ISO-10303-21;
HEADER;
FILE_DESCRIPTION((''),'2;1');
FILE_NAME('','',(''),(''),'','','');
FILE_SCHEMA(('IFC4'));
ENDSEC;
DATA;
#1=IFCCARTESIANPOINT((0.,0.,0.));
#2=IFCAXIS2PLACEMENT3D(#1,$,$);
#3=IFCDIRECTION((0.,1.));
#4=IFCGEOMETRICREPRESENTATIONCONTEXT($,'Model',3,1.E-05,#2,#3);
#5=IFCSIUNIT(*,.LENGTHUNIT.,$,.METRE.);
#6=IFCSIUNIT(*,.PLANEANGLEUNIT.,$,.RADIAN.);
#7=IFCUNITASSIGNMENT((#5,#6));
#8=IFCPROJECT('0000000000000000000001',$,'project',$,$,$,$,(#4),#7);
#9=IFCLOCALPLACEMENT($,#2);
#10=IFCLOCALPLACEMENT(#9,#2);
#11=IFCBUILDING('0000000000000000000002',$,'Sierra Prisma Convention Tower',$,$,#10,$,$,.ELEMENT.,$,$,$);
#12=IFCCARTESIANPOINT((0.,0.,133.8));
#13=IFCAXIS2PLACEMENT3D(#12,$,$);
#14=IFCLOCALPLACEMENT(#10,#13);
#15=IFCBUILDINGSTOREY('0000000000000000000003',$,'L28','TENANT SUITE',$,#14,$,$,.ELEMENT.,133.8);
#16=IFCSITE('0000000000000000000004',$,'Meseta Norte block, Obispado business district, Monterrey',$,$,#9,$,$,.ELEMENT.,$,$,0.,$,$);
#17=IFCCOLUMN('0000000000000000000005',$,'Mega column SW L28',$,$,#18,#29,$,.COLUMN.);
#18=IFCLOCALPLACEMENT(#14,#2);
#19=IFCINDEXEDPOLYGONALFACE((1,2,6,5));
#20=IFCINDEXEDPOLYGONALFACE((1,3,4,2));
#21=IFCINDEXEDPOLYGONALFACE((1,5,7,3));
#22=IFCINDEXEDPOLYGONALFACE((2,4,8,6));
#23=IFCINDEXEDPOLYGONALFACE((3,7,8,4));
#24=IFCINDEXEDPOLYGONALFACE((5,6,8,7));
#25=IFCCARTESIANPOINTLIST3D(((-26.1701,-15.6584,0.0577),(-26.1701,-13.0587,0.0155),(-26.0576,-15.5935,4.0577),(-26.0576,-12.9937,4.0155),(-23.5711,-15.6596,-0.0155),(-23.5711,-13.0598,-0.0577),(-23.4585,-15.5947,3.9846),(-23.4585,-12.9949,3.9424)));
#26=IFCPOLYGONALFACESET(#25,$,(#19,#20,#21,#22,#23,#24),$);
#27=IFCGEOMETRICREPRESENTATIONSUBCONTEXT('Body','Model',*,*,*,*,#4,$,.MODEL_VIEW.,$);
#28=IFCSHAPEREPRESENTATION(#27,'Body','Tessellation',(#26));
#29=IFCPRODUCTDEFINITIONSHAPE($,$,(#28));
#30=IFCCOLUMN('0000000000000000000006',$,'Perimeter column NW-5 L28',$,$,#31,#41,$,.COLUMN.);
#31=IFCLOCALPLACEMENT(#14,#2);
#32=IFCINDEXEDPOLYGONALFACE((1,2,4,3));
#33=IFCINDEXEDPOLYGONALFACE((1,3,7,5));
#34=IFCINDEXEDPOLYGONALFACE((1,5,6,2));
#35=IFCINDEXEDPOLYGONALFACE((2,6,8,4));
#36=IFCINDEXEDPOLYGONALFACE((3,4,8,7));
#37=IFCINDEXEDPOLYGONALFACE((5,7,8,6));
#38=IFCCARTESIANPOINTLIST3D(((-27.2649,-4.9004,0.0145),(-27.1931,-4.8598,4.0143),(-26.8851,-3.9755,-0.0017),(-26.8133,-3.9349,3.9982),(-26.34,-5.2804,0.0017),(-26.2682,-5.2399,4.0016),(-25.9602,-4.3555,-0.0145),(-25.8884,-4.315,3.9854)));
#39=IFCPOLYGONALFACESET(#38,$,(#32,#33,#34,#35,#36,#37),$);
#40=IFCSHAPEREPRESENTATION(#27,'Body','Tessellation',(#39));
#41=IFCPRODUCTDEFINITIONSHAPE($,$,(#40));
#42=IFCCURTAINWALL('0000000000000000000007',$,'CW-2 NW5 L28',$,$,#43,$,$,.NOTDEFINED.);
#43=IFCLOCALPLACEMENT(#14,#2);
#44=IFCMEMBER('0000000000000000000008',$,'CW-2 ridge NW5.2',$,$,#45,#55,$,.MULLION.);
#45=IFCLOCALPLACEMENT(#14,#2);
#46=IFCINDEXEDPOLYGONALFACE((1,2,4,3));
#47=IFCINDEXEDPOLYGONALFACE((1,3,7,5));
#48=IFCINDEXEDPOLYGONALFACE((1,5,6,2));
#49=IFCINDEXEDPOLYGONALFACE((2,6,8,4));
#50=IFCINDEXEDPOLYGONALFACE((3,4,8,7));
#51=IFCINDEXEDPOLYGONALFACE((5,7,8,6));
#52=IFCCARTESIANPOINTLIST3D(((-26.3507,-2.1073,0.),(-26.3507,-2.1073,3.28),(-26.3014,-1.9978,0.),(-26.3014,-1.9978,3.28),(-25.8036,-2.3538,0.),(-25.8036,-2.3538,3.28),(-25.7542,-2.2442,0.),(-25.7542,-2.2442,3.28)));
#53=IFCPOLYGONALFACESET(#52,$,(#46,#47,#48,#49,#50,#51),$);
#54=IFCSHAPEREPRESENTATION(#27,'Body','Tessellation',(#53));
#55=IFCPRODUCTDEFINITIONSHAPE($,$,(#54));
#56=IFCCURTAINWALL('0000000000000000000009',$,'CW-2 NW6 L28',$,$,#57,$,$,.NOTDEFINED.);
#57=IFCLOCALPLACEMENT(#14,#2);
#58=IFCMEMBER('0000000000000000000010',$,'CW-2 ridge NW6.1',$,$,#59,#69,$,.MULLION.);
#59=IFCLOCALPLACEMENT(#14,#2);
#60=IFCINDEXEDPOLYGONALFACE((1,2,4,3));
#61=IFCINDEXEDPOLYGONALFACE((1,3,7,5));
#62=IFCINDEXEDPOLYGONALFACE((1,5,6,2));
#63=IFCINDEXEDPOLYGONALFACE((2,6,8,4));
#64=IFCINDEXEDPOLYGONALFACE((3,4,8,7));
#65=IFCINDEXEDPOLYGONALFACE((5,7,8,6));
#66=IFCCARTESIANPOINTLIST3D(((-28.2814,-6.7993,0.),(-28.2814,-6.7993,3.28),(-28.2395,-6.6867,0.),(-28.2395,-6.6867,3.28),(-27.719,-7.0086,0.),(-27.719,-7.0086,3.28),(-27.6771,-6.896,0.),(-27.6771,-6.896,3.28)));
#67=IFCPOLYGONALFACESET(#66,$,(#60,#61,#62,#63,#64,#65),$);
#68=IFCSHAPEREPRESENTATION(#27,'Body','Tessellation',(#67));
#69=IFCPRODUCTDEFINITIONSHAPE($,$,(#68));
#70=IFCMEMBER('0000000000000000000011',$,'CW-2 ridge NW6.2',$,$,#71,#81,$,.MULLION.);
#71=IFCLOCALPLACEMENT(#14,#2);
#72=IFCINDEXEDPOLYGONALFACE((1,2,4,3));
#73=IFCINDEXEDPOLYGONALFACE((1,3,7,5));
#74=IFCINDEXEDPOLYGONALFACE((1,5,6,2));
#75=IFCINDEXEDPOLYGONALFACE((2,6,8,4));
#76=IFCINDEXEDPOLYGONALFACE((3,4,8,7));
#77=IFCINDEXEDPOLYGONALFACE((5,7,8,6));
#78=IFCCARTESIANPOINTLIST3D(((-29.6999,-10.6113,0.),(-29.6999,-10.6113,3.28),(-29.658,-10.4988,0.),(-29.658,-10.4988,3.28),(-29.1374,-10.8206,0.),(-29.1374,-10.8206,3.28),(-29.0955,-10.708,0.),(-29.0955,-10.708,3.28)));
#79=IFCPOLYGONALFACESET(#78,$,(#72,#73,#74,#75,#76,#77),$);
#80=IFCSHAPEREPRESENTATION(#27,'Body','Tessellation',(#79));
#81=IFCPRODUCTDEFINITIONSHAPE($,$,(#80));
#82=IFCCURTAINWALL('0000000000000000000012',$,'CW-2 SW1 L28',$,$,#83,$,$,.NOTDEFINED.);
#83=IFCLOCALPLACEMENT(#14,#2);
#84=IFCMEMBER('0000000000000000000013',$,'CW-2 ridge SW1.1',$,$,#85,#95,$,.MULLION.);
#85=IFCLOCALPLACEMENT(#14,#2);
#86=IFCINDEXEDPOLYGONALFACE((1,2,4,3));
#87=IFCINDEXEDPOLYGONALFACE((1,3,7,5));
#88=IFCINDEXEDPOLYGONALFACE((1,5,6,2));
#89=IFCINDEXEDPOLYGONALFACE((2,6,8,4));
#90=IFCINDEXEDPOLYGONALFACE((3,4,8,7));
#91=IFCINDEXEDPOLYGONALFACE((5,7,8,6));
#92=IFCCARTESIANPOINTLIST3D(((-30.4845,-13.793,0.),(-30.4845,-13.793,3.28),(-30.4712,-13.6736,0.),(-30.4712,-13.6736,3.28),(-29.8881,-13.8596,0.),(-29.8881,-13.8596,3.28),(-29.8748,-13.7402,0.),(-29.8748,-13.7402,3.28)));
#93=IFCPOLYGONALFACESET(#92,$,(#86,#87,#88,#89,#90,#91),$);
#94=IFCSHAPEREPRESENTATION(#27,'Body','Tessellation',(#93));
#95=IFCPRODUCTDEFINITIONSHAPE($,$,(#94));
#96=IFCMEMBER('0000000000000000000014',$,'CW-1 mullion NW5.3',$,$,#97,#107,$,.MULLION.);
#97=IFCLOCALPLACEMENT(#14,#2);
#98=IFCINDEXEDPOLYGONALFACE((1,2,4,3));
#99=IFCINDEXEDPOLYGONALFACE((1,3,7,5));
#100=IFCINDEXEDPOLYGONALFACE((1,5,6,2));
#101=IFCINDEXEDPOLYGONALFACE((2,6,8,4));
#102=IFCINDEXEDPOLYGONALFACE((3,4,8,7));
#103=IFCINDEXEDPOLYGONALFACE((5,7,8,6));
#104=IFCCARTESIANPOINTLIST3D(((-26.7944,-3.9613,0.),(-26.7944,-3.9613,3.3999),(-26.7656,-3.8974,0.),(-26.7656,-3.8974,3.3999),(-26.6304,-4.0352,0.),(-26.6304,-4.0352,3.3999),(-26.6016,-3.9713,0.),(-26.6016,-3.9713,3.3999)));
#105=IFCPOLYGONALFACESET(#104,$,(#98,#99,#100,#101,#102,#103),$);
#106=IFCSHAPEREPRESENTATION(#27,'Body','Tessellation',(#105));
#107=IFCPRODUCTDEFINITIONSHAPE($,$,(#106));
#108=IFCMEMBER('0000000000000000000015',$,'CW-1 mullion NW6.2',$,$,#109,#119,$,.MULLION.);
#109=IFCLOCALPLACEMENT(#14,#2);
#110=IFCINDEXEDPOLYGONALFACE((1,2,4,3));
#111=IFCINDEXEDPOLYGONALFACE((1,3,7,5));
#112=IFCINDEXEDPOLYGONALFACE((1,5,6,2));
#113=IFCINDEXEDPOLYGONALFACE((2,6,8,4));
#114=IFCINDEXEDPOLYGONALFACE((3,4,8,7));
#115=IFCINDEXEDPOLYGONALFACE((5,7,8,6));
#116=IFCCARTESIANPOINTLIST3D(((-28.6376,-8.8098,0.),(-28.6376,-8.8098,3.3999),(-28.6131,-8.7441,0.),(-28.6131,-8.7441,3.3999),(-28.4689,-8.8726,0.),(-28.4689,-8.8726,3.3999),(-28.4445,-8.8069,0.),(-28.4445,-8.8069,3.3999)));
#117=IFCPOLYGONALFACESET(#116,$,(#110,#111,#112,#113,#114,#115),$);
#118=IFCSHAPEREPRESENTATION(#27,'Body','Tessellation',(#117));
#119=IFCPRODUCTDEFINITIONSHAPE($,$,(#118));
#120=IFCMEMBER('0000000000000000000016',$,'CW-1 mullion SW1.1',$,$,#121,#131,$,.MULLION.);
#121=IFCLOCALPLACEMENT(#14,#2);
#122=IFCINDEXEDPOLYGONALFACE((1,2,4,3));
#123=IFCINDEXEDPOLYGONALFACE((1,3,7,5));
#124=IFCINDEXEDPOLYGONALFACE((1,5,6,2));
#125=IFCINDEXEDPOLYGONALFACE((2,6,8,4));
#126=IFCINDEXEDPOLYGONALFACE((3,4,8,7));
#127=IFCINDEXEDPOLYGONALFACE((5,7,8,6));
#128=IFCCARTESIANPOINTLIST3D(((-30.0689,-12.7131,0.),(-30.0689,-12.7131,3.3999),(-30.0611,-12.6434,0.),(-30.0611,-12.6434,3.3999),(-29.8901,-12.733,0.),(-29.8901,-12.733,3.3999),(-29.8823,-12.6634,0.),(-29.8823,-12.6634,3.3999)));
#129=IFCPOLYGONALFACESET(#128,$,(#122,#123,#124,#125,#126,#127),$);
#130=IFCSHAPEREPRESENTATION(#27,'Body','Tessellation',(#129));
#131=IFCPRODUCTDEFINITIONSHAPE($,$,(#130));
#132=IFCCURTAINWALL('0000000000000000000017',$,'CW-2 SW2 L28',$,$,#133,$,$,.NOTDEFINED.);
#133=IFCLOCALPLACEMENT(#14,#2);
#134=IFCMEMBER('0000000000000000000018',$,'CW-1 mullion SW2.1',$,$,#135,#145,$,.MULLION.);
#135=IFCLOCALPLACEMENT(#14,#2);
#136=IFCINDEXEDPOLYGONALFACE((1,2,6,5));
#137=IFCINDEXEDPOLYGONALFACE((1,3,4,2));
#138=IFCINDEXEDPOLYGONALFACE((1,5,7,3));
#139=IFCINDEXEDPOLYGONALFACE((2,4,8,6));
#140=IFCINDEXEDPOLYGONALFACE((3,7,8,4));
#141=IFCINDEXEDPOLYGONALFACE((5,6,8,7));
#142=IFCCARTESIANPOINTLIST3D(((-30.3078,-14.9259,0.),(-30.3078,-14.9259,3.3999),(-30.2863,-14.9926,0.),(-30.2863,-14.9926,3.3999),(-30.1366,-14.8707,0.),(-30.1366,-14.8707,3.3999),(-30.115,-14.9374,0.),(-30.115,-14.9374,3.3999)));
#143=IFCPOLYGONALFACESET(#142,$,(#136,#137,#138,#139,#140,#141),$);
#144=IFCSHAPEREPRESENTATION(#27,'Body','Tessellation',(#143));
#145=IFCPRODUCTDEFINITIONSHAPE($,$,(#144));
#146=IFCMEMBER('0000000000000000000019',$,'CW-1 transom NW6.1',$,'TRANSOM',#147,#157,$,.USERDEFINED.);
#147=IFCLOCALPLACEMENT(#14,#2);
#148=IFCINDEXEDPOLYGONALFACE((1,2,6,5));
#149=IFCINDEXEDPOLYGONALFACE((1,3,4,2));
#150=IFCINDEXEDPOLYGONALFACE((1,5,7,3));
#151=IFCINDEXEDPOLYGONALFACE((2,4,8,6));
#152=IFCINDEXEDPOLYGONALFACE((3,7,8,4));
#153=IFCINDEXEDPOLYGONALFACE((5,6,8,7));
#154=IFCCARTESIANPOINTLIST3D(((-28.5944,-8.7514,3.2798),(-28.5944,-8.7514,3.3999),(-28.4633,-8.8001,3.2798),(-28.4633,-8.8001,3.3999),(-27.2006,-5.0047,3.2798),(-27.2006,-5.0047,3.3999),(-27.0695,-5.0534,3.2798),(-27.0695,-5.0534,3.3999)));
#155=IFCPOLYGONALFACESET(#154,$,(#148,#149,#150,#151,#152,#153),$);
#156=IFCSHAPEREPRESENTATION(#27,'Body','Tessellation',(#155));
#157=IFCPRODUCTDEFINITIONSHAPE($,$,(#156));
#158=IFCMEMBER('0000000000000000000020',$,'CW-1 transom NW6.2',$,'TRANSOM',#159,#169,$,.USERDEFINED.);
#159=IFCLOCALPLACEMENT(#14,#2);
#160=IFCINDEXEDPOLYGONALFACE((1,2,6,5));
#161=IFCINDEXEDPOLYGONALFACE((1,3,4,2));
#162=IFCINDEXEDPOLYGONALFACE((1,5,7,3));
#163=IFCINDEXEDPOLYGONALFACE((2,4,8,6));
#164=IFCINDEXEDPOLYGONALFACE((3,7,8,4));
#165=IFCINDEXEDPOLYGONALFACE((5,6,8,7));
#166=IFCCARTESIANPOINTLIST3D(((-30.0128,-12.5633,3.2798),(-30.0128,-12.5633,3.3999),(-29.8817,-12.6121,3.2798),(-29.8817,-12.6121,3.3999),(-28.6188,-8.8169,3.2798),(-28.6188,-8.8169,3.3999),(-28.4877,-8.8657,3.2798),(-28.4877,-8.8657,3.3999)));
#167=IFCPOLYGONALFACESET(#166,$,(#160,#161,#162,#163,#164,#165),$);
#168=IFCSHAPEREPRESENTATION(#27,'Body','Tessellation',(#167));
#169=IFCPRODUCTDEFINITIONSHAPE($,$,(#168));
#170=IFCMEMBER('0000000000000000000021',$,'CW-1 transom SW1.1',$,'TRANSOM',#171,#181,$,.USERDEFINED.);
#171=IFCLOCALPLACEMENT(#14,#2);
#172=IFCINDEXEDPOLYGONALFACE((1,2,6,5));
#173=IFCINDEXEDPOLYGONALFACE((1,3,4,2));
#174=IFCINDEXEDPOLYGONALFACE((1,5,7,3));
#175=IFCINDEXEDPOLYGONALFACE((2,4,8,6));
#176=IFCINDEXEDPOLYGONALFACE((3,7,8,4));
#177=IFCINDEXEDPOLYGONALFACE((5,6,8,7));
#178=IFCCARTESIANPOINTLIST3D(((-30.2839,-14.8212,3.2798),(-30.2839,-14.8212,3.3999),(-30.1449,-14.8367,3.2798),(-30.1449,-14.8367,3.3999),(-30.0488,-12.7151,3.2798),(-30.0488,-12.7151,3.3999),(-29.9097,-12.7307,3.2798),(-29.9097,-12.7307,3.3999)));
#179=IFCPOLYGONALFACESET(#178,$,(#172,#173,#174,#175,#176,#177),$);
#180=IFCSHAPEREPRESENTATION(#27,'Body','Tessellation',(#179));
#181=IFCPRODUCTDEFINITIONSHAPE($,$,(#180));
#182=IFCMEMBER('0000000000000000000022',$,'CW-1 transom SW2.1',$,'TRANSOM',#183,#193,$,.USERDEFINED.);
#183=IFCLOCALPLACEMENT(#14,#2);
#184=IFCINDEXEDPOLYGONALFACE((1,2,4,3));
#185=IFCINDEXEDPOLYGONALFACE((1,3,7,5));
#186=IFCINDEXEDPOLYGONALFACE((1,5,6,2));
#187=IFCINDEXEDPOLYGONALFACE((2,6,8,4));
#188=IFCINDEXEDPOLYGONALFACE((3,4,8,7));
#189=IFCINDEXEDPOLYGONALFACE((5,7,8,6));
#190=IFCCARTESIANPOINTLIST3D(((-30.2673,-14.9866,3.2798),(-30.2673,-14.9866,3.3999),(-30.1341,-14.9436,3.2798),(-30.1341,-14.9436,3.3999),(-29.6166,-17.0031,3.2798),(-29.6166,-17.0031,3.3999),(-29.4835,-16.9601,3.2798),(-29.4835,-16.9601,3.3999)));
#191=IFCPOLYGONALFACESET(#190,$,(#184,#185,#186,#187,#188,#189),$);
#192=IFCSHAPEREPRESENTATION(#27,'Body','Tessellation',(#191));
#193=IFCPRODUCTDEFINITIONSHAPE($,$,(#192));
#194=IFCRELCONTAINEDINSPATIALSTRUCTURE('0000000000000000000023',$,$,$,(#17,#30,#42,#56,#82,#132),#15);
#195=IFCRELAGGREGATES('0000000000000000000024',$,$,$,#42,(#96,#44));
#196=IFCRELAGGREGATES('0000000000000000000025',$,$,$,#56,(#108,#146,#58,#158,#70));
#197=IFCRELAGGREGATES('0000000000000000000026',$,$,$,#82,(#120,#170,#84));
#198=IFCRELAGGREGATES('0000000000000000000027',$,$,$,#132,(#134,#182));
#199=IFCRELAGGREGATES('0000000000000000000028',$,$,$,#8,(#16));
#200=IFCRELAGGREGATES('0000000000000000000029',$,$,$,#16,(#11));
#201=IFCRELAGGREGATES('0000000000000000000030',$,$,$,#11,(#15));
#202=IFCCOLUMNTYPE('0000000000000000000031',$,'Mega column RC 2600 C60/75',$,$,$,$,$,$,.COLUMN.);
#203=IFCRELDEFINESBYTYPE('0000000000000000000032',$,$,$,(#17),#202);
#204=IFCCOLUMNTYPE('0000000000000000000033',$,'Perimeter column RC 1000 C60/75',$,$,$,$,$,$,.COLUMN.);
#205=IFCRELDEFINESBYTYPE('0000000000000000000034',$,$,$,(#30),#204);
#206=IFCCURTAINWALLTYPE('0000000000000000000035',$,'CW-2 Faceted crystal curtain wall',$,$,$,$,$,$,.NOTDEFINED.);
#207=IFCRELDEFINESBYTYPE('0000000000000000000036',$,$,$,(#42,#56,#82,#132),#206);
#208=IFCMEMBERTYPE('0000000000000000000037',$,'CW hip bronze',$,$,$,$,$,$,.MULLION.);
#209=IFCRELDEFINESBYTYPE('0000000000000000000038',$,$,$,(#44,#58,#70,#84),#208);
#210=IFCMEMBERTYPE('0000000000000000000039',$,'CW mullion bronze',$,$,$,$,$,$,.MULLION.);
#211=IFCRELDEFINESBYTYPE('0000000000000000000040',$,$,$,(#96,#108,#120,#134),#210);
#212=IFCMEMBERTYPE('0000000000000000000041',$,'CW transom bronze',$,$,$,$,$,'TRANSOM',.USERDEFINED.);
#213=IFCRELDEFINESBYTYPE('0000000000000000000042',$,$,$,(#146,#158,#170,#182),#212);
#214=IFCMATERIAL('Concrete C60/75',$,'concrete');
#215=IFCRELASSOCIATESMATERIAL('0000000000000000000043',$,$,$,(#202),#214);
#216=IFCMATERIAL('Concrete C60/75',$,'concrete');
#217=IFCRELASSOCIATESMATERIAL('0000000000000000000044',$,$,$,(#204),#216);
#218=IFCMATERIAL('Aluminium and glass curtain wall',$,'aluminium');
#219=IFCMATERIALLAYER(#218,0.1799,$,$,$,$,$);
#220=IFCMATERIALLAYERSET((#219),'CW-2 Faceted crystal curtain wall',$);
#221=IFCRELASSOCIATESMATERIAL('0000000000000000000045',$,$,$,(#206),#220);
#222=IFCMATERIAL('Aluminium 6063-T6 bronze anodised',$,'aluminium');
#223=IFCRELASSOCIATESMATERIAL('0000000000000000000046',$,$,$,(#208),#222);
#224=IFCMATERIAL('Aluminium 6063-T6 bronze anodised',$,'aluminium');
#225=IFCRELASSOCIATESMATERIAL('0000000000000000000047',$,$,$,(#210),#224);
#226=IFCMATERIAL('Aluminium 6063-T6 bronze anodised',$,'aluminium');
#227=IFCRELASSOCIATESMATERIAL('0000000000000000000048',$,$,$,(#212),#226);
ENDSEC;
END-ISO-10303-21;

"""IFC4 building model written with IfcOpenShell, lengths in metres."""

from ifc_helpers import new_model, si_unit, direction, frame, origin, origin_2d, place, context, subcontext, project, spatial, rectangle, extrude, material, layer, layer_set, material_profile, profile_set, type_object, element, aggregate, save


model = new_model("IFC4")

# Units and contexts
model_context = context("Model", 3, precision=1e-05, world=origin(), true_north=direction((0.0, 1.0)))
body_context = subcontext(model_context, "Body", "Model", "MODEL_VIEW")
ifc_project = project(units=[si_unit("LENGTHUNIT", "METRE"), si_unit("PLANEANGLEUNIT", "RADIAN")], contexts=[model_context])

# Site, building, storey
site_placement = place(None, origin())
site = spatial("IfcSite", under=ifc_project, at=site_placement, Name="Meseta Norte block, Obispado business district, Monterrey", CompositionType="ELEMENT", RefElevation=0.0)
building_placement = place(site_placement, origin())
building = spatial("IfcBuilding", under=site, at=building_placement, Name="Sierra Prisma Convention Tower", CompositionType="ELEMENT")
storey_placement = place(building_placement, frame((0.0, 0.0, 133.8)))
storey = spatial("IfcBuildingStorey", under=building, at=storey_placement, Name="L28", Description="TENANT SUITE", CompositionType="ELEMENT", Elevation=133.8)

# Columns
ifc_material_1 = material(Name="Concrete C60/75", Category="concrete")
ifc_material_profile_1 = material_profile(ifc_material_1, rectangle(XDim=2.6001, YDim=2.6001, at=origin_2d()), Name="Mega column RC 2600 C60/75")
ifc_profile_set_1 = profile_set([ifc_material_profile_1], Name="Concrete C60/75")
column_type_1 = type_object("IfcColumnType", Name="Mega column RC 2600 C60/75", PredefinedType="COLUMN", material=ifc_profile_set_1)
column_1_placement = place(storey_placement, frame((-24.8706, -14.3591, 0.0), z_axis=(0.028122, 0.016227, 0.999473), x_axis=(0.999604, -0.000457, -0.028119)))
element("IfcColumn", 1, at=column_1_placement, inside=storey, type_object=column_type_1, Name="Mega column SW L28", PredefinedType="COLUMN", context=body_context, shape_type="SweptSolid", body=[
    extrude(rectangle(XDim=2.6001, YDim=2.6001, at=origin_2d()), origin(), (0.0, 0.0, 1.0), 4.0022),
])
ifc_material_2 = material(Name="Concrete C60/75", Category="concrete")
ifc_material_profile_2 = material_profile(ifc_material_2, rectangle(XDim=1.0, YDim=1.0, at=origin_2d()), Name="Perimeter column RC 1000 C60/75")
ifc_profile_set_2 = profile_set([ifc_material_profile_2], Name="Concrete C60/75")
column_type_2 = type_object("IfcColumnType", Name="Perimeter column RC 1000 C60/75", PredefinedType="COLUMN", material=ifc_profile_set_2)
column_2_placement = place(storey_placement, frame((-26.6125, -4.6279, 0.0), z_axis=(0.017941, 0.01013, 0.999788), x_axis=(0.379821, 0.924918, -0.016187)))
element("IfcColumn", 2, at=column_2_placement, inside=storey, type_object=column_type_2, Name="Perimeter column NW-5 L28", PredefinedType="COLUMN", context=body_context, shape_type="SweptSolid", body=[
    extrude(rectangle(XDim=1.0, YDim=1.0, at=origin_2d()), origin(), (0.0, 0.0, 1.0), 4.0007),
])

# Curtain wall, member
ifc_material_3 = material(Name="Aluminium and glass curtain wall", Category="aluminium")
ifc_layer_1 = layer(ifc_material_3, 0.1799)
ifc_layer_set_1 = layer_set([ifc_layer_1], Name="CW-2 Faceted crystal curtain wall")
curtain_wall_type = type_object("IfcCurtainWallType", Name="CW-2 Faceted crystal curtain wall", PredefinedType="NOTDEFINED", material=ifc_layer_set_1)
curtain_wall_1_placement = place(storey_placement, origin())
curtain_wall_1 = element("IfcCurtainWall", 3, at=curtain_wall_1_placement, inside=storey, type_object=curtain_wall_type, Name="CW-2 NW5 L28", PredefinedType="NOTDEFINED")
ifc_material_4 = material(Name="Aluminium 6063-T6 bronze anodised", Category="aluminium")
ifc_material_profile_3 = material_profile(ifc_material_4, rectangle(XDim=0.1201, YDim=0.6001, at=origin_2d()), Name="ALU RIDGE BLADE 120x600")
ifc_profile_set_3 = profile_set([ifc_material_profile_3], Name="Aluminium 6063-T6 bronze anodised")
member_type_1 = type_object("IfcMemberType", Name="CW hip bronze", PredefinedType="MULLION", material=ifc_profile_set_3)
member_1_placement = place(storey_placement, frame((-26.0525, -2.1758, 0.0), z_axis=(0.0, 0.0, 1.0), x_axis=(-0.410636, -0.911799, 0.0)))
member_1 = element("IfcMember", 4, at=member_1_placement, type_object=member_type_1, Name="CW-2 ridge NW5.2", PredefinedType="MULLION", context=body_context, shape_type="SweptSolid", body=[
    extrude(rectangle(XDim=0.1201, YDim=0.6001, at=origin_2d()), origin(), (0.0, 0.0, 1.0), 3.28),
])

# Curtain wall, members
curtain_wall_2_placement = place(storey_placement, origin())
curtain_wall_2 = element("IfcCurtainWall", 5, at=curtain_wall_2_placement, inside=storey, type_object=curtain_wall_type, Name="CW-2 NW6 L28", PredefinedType="NOTDEFINED")
member_2_placement = place(storey_placement, frame((-27.9792, -6.8477, 0.0), z_axis=(0.0, 0.0, 1.0), x_axis=(-0.348702, -0.937234, 0.0)))
member_2 = element("IfcMember", 6, at=member_2_placement, type_object=member_type_1, Name="CW-2 ridge NW6.1", PredefinedType="MULLION", context=body_context, shape_type="SweptSolid", body=[
    extrude(rectangle(XDim=0.1201, YDim=0.6001, at=origin_2d()), origin(), (0.0, 0.0, 1.0), 3.28),
])
member_3_placement = place(storey_placement, frame((-29.3977, -10.6597, 0.0), z_axis=(0.0, 0.0, 1.0), x_axis=(-0.348702, -0.937234, 0.0)))
member_3 = element("IfcMember", 7, at=member_3_placement, type_object=member_type_1, Name="CW-2 ridge NW6.2", PredefinedType="MULLION", context=body_context, shape_type="SweptSolid", body=[
    extrude(rectangle(XDim=0.1201, YDim=0.6001, at=origin_2d()), origin(), (0.0, 0.0, 1.0), 3.28),
])

# Curtain wall, member
curtain_wall_3_placement = place(storey_placement, origin())
curtain_wall_3 = element("IfcCurtainWall", 8, at=curtain_wall_3_placement, inside=storey, type_object=curtain_wall_type, Name="CW-2 SW1 L28", PredefinedType="NOTDEFINED")
member_4_placement = place(storey_placement, frame((-30.1797, -13.7666, 0.0), z_axis=(0.0, 0.0, 1.0), x_axis=(-0.110899, -0.993832, 0.0)))
member_4 = element("IfcMember", 9, at=member_4_placement, type_object=member_type_1, Name="CW-2 ridge SW1.1", PredefinedType="MULLION", context=body_context, shape_type="SweptSolid", body=[
    extrude(rectangle(XDim=0.1201, YDim=0.6001, at=origin_2d()), origin(), (0.0, 0.0, 1.0), 3.28),
])

# Members
ifc_material_5 = material(Name="Aluminium 6063-T6 bronze anodised", Category="aluminium")
ifc_material_profile_4 = material_profile(ifc_material_5, rectangle(XDim=0.1799, YDim=0.0701, at=origin_2d()), Name="ALU MULLION 70x180")
ifc_profile_set_4 = profile_set([ifc_material_profile_4], Name="Aluminium 6063-T6 bronze anodised")
member_type_2 = type_object("IfcMemberType", Name="CW mullion bronze", PredefinedType="MULLION", material=ifc_profile_set_4)
member_5_placement = place(storey_placement, frame((-26.698, -3.9663, 0.0), z_axis=(0.0, 0.0, 1.0), x_axis=(0.911799, -0.410636, 0.0)))
member_5 = element("IfcMember", 10, at=member_5_placement, type_object=member_type_2, Name="CW-1 mullion NW5.3", PredefinedType="MULLION", context=body_context, shape_type="SweptSolid", body=[
    extrude(rectangle(XDim=0.1799, YDim=0.0701, at=origin_2d()), origin(), (0.0, 0.0, 1.0), 3.3999),
])
member_6_placement = place(storey_placement, frame((-28.541, -8.8083, 0.0), z_axis=(0.0, 0.0, 1.0), x_axis=(0.937234, -0.348702, 0.0)))
member_6 = element("IfcMember", 11, at=member_6_placement, type_object=member_type_2, Name="CW-1 mullion NW6.2", PredefinedType="MULLION", context=body_context, shape_type="SweptSolid", body=[
    extrude(rectangle(XDim=0.1799, YDim=0.0701, at=origin_2d()), origin(), (0.0, 0.0, 1.0), 3.3999),
])
member_7_placement = place(storey_placement, frame((-29.9756, -12.6882, 0.0), z_axis=(0.0, 0.0, 1.0), x_axis=(0.993832, -0.110899, 0.0)))
member_7 = element("IfcMember", 12, at=member_7_placement, type_object=member_type_2, Name="CW-1 mullion SW1.1", PredefinedType="MULLION", context=body_context, shape_type="SweptSolid", body=[
    extrude(rectangle(XDim=0.1799, YDim=0.0701, at=origin_2d()), origin(), (0.0, 0.0, 1.0), 3.3999),
])

# Curtain wall, member
curtain_wall_4_placement = place(storey_placement, origin())
curtain_wall_4 = element("IfcCurtainWall", 13, at=curtain_wall_4_placement, inside=storey, type_object=curtain_wall_type, Name="CW-2 SW2 L28", PredefinedType="NOTDEFINED")
member_8_placement = place(storey_placement, frame((-30.2114, -14.9316, 0.0), z_axis=(0.0, 0.0, 1.0), x_axis=(0.951714, 0.306985, 0.0)))
member_8 = element("IfcMember", 14, at=member_8_placement, type_object=member_type_2, Name="CW-1 mullion SW2.1", PredefinedType="MULLION", context=body_context, shape_type="SweptSolid", body=[
    extrude(rectangle(XDim=0.1799, YDim=0.0701, at=origin_2d()), origin(), (0.0, 0.0, 1.0), 3.3999),
])

# Members
ifc_material_6 = material(Name="Aluminium 6063-T6 bronze anodised", Category="aluminium")
ifc_material_profile_5 = material_profile(ifc_material_6, rectangle(XDim=0.1399, YDim=0.1201, at=origin_2d()), Name="ALU TRANSOM 120x140")
ifc_profile_set_5 = profile_set([ifc_material_profile_5], Name="Aluminium 6063-T6 bronze anodised")
member_type_3 = type_object("IfcMemberType", Name="CW transom bronze", ElementType="TRANSOM", PredefinedType="USERDEFINED", material=ifc_profile_set_5)
member_9_placement = place(storey_placement, frame((-27.135, -5.0291, 3.3398), z_axis=(-0.348673, -0.937245, 0.0), x_axis=(0.937245, -0.348673, 0.0)))
member_9 = element("IfcMember", 15, at=member_9_placement, type_object=member_type_3, Name="CW-1 transom NW6.1", ObjectType="TRANSOM", PredefinedType="USERDEFINED", context=body_context, shape_type="SweptSolid", body=[
    extrude(rectangle(XDim=0.1399, YDim=0.1201, at=origin_2d()), origin(), (0.0, 0.0, 1.0), 3.9976),
])
member_10_placement = place(storey_placement, frame((-28.5532, -8.8413, 3.3398), z_axis=(-0.348746, -0.937217, 0.0), x_axis=(0.937217, -0.348746, 0.0)))
member_10 = element("IfcMember", 16, at=member_10_placement, type_object=member_type_3, Name="CW-1 transom NW6.2", ObjectType="TRANSOM", PredefinedType="USERDEFINED", context=body_context, shape_type="SweptSolid", body=[
    extrude(rectangle(XDim=0.1399, YDim=0.1201, at=origin_2d()), origin(), (0.0, 0.0, 1.0), 3.9973),
])
member_11_placement = place(storey_placement, frame((-29.9792, -12.7229, 3.3398), z_axis=(-0.11095, -0.993826, 0.0), x_axis=(0.993826, -0.11095, 0.0)))
member_11 = element("IfcMember", 17, at=member_11_placement, type_object=member_type_3, Name="CW-1 transom SW1.1", ObjectType="TRANSOM", PredefinedType="USERDEFINED", context=body_context, shape_type="SweptSolid", body=[
    extrude(rectangle(XDim=0.1399, YDim=0.1201, at=origin_2d()), origin(), (0.0, 0.0, 1.0), 2.1191),
])
member_12_placement = place(storey_placement, frame((-30.2007, -14.9651, 3.3398), z_axis=(0.307053, -0.951692, 0.0), x_axis=(0.951692, 0.307053, 0.0)))
member_12 = element("IfcMember", 18, at=member_12_placement, type_object=member_type_3, Name="CW-1 transom SW2.1", ObjectType="TRANSOM", PredefinedType="USERDEFINED", context=body_context, shape_type="SweptSolid", body=[
    extrude(rectangle(XDim=0.1399, YDim=0.1201, at=origin_2d()), origin(), (0.0, 0.0, 1.0), 2.1189),
])

aggregate(curtain_wall_1, [member_5, member_1])
aggregate(curtain_wall_2, [member_6, member_9, member_2, member_10, member_3])
aggregate(curtain_wall_3, [member_7, member_11, member_4])
aggregate(curtain_wall_4, [member_8, member_12])

save(model, "model.ifc")
